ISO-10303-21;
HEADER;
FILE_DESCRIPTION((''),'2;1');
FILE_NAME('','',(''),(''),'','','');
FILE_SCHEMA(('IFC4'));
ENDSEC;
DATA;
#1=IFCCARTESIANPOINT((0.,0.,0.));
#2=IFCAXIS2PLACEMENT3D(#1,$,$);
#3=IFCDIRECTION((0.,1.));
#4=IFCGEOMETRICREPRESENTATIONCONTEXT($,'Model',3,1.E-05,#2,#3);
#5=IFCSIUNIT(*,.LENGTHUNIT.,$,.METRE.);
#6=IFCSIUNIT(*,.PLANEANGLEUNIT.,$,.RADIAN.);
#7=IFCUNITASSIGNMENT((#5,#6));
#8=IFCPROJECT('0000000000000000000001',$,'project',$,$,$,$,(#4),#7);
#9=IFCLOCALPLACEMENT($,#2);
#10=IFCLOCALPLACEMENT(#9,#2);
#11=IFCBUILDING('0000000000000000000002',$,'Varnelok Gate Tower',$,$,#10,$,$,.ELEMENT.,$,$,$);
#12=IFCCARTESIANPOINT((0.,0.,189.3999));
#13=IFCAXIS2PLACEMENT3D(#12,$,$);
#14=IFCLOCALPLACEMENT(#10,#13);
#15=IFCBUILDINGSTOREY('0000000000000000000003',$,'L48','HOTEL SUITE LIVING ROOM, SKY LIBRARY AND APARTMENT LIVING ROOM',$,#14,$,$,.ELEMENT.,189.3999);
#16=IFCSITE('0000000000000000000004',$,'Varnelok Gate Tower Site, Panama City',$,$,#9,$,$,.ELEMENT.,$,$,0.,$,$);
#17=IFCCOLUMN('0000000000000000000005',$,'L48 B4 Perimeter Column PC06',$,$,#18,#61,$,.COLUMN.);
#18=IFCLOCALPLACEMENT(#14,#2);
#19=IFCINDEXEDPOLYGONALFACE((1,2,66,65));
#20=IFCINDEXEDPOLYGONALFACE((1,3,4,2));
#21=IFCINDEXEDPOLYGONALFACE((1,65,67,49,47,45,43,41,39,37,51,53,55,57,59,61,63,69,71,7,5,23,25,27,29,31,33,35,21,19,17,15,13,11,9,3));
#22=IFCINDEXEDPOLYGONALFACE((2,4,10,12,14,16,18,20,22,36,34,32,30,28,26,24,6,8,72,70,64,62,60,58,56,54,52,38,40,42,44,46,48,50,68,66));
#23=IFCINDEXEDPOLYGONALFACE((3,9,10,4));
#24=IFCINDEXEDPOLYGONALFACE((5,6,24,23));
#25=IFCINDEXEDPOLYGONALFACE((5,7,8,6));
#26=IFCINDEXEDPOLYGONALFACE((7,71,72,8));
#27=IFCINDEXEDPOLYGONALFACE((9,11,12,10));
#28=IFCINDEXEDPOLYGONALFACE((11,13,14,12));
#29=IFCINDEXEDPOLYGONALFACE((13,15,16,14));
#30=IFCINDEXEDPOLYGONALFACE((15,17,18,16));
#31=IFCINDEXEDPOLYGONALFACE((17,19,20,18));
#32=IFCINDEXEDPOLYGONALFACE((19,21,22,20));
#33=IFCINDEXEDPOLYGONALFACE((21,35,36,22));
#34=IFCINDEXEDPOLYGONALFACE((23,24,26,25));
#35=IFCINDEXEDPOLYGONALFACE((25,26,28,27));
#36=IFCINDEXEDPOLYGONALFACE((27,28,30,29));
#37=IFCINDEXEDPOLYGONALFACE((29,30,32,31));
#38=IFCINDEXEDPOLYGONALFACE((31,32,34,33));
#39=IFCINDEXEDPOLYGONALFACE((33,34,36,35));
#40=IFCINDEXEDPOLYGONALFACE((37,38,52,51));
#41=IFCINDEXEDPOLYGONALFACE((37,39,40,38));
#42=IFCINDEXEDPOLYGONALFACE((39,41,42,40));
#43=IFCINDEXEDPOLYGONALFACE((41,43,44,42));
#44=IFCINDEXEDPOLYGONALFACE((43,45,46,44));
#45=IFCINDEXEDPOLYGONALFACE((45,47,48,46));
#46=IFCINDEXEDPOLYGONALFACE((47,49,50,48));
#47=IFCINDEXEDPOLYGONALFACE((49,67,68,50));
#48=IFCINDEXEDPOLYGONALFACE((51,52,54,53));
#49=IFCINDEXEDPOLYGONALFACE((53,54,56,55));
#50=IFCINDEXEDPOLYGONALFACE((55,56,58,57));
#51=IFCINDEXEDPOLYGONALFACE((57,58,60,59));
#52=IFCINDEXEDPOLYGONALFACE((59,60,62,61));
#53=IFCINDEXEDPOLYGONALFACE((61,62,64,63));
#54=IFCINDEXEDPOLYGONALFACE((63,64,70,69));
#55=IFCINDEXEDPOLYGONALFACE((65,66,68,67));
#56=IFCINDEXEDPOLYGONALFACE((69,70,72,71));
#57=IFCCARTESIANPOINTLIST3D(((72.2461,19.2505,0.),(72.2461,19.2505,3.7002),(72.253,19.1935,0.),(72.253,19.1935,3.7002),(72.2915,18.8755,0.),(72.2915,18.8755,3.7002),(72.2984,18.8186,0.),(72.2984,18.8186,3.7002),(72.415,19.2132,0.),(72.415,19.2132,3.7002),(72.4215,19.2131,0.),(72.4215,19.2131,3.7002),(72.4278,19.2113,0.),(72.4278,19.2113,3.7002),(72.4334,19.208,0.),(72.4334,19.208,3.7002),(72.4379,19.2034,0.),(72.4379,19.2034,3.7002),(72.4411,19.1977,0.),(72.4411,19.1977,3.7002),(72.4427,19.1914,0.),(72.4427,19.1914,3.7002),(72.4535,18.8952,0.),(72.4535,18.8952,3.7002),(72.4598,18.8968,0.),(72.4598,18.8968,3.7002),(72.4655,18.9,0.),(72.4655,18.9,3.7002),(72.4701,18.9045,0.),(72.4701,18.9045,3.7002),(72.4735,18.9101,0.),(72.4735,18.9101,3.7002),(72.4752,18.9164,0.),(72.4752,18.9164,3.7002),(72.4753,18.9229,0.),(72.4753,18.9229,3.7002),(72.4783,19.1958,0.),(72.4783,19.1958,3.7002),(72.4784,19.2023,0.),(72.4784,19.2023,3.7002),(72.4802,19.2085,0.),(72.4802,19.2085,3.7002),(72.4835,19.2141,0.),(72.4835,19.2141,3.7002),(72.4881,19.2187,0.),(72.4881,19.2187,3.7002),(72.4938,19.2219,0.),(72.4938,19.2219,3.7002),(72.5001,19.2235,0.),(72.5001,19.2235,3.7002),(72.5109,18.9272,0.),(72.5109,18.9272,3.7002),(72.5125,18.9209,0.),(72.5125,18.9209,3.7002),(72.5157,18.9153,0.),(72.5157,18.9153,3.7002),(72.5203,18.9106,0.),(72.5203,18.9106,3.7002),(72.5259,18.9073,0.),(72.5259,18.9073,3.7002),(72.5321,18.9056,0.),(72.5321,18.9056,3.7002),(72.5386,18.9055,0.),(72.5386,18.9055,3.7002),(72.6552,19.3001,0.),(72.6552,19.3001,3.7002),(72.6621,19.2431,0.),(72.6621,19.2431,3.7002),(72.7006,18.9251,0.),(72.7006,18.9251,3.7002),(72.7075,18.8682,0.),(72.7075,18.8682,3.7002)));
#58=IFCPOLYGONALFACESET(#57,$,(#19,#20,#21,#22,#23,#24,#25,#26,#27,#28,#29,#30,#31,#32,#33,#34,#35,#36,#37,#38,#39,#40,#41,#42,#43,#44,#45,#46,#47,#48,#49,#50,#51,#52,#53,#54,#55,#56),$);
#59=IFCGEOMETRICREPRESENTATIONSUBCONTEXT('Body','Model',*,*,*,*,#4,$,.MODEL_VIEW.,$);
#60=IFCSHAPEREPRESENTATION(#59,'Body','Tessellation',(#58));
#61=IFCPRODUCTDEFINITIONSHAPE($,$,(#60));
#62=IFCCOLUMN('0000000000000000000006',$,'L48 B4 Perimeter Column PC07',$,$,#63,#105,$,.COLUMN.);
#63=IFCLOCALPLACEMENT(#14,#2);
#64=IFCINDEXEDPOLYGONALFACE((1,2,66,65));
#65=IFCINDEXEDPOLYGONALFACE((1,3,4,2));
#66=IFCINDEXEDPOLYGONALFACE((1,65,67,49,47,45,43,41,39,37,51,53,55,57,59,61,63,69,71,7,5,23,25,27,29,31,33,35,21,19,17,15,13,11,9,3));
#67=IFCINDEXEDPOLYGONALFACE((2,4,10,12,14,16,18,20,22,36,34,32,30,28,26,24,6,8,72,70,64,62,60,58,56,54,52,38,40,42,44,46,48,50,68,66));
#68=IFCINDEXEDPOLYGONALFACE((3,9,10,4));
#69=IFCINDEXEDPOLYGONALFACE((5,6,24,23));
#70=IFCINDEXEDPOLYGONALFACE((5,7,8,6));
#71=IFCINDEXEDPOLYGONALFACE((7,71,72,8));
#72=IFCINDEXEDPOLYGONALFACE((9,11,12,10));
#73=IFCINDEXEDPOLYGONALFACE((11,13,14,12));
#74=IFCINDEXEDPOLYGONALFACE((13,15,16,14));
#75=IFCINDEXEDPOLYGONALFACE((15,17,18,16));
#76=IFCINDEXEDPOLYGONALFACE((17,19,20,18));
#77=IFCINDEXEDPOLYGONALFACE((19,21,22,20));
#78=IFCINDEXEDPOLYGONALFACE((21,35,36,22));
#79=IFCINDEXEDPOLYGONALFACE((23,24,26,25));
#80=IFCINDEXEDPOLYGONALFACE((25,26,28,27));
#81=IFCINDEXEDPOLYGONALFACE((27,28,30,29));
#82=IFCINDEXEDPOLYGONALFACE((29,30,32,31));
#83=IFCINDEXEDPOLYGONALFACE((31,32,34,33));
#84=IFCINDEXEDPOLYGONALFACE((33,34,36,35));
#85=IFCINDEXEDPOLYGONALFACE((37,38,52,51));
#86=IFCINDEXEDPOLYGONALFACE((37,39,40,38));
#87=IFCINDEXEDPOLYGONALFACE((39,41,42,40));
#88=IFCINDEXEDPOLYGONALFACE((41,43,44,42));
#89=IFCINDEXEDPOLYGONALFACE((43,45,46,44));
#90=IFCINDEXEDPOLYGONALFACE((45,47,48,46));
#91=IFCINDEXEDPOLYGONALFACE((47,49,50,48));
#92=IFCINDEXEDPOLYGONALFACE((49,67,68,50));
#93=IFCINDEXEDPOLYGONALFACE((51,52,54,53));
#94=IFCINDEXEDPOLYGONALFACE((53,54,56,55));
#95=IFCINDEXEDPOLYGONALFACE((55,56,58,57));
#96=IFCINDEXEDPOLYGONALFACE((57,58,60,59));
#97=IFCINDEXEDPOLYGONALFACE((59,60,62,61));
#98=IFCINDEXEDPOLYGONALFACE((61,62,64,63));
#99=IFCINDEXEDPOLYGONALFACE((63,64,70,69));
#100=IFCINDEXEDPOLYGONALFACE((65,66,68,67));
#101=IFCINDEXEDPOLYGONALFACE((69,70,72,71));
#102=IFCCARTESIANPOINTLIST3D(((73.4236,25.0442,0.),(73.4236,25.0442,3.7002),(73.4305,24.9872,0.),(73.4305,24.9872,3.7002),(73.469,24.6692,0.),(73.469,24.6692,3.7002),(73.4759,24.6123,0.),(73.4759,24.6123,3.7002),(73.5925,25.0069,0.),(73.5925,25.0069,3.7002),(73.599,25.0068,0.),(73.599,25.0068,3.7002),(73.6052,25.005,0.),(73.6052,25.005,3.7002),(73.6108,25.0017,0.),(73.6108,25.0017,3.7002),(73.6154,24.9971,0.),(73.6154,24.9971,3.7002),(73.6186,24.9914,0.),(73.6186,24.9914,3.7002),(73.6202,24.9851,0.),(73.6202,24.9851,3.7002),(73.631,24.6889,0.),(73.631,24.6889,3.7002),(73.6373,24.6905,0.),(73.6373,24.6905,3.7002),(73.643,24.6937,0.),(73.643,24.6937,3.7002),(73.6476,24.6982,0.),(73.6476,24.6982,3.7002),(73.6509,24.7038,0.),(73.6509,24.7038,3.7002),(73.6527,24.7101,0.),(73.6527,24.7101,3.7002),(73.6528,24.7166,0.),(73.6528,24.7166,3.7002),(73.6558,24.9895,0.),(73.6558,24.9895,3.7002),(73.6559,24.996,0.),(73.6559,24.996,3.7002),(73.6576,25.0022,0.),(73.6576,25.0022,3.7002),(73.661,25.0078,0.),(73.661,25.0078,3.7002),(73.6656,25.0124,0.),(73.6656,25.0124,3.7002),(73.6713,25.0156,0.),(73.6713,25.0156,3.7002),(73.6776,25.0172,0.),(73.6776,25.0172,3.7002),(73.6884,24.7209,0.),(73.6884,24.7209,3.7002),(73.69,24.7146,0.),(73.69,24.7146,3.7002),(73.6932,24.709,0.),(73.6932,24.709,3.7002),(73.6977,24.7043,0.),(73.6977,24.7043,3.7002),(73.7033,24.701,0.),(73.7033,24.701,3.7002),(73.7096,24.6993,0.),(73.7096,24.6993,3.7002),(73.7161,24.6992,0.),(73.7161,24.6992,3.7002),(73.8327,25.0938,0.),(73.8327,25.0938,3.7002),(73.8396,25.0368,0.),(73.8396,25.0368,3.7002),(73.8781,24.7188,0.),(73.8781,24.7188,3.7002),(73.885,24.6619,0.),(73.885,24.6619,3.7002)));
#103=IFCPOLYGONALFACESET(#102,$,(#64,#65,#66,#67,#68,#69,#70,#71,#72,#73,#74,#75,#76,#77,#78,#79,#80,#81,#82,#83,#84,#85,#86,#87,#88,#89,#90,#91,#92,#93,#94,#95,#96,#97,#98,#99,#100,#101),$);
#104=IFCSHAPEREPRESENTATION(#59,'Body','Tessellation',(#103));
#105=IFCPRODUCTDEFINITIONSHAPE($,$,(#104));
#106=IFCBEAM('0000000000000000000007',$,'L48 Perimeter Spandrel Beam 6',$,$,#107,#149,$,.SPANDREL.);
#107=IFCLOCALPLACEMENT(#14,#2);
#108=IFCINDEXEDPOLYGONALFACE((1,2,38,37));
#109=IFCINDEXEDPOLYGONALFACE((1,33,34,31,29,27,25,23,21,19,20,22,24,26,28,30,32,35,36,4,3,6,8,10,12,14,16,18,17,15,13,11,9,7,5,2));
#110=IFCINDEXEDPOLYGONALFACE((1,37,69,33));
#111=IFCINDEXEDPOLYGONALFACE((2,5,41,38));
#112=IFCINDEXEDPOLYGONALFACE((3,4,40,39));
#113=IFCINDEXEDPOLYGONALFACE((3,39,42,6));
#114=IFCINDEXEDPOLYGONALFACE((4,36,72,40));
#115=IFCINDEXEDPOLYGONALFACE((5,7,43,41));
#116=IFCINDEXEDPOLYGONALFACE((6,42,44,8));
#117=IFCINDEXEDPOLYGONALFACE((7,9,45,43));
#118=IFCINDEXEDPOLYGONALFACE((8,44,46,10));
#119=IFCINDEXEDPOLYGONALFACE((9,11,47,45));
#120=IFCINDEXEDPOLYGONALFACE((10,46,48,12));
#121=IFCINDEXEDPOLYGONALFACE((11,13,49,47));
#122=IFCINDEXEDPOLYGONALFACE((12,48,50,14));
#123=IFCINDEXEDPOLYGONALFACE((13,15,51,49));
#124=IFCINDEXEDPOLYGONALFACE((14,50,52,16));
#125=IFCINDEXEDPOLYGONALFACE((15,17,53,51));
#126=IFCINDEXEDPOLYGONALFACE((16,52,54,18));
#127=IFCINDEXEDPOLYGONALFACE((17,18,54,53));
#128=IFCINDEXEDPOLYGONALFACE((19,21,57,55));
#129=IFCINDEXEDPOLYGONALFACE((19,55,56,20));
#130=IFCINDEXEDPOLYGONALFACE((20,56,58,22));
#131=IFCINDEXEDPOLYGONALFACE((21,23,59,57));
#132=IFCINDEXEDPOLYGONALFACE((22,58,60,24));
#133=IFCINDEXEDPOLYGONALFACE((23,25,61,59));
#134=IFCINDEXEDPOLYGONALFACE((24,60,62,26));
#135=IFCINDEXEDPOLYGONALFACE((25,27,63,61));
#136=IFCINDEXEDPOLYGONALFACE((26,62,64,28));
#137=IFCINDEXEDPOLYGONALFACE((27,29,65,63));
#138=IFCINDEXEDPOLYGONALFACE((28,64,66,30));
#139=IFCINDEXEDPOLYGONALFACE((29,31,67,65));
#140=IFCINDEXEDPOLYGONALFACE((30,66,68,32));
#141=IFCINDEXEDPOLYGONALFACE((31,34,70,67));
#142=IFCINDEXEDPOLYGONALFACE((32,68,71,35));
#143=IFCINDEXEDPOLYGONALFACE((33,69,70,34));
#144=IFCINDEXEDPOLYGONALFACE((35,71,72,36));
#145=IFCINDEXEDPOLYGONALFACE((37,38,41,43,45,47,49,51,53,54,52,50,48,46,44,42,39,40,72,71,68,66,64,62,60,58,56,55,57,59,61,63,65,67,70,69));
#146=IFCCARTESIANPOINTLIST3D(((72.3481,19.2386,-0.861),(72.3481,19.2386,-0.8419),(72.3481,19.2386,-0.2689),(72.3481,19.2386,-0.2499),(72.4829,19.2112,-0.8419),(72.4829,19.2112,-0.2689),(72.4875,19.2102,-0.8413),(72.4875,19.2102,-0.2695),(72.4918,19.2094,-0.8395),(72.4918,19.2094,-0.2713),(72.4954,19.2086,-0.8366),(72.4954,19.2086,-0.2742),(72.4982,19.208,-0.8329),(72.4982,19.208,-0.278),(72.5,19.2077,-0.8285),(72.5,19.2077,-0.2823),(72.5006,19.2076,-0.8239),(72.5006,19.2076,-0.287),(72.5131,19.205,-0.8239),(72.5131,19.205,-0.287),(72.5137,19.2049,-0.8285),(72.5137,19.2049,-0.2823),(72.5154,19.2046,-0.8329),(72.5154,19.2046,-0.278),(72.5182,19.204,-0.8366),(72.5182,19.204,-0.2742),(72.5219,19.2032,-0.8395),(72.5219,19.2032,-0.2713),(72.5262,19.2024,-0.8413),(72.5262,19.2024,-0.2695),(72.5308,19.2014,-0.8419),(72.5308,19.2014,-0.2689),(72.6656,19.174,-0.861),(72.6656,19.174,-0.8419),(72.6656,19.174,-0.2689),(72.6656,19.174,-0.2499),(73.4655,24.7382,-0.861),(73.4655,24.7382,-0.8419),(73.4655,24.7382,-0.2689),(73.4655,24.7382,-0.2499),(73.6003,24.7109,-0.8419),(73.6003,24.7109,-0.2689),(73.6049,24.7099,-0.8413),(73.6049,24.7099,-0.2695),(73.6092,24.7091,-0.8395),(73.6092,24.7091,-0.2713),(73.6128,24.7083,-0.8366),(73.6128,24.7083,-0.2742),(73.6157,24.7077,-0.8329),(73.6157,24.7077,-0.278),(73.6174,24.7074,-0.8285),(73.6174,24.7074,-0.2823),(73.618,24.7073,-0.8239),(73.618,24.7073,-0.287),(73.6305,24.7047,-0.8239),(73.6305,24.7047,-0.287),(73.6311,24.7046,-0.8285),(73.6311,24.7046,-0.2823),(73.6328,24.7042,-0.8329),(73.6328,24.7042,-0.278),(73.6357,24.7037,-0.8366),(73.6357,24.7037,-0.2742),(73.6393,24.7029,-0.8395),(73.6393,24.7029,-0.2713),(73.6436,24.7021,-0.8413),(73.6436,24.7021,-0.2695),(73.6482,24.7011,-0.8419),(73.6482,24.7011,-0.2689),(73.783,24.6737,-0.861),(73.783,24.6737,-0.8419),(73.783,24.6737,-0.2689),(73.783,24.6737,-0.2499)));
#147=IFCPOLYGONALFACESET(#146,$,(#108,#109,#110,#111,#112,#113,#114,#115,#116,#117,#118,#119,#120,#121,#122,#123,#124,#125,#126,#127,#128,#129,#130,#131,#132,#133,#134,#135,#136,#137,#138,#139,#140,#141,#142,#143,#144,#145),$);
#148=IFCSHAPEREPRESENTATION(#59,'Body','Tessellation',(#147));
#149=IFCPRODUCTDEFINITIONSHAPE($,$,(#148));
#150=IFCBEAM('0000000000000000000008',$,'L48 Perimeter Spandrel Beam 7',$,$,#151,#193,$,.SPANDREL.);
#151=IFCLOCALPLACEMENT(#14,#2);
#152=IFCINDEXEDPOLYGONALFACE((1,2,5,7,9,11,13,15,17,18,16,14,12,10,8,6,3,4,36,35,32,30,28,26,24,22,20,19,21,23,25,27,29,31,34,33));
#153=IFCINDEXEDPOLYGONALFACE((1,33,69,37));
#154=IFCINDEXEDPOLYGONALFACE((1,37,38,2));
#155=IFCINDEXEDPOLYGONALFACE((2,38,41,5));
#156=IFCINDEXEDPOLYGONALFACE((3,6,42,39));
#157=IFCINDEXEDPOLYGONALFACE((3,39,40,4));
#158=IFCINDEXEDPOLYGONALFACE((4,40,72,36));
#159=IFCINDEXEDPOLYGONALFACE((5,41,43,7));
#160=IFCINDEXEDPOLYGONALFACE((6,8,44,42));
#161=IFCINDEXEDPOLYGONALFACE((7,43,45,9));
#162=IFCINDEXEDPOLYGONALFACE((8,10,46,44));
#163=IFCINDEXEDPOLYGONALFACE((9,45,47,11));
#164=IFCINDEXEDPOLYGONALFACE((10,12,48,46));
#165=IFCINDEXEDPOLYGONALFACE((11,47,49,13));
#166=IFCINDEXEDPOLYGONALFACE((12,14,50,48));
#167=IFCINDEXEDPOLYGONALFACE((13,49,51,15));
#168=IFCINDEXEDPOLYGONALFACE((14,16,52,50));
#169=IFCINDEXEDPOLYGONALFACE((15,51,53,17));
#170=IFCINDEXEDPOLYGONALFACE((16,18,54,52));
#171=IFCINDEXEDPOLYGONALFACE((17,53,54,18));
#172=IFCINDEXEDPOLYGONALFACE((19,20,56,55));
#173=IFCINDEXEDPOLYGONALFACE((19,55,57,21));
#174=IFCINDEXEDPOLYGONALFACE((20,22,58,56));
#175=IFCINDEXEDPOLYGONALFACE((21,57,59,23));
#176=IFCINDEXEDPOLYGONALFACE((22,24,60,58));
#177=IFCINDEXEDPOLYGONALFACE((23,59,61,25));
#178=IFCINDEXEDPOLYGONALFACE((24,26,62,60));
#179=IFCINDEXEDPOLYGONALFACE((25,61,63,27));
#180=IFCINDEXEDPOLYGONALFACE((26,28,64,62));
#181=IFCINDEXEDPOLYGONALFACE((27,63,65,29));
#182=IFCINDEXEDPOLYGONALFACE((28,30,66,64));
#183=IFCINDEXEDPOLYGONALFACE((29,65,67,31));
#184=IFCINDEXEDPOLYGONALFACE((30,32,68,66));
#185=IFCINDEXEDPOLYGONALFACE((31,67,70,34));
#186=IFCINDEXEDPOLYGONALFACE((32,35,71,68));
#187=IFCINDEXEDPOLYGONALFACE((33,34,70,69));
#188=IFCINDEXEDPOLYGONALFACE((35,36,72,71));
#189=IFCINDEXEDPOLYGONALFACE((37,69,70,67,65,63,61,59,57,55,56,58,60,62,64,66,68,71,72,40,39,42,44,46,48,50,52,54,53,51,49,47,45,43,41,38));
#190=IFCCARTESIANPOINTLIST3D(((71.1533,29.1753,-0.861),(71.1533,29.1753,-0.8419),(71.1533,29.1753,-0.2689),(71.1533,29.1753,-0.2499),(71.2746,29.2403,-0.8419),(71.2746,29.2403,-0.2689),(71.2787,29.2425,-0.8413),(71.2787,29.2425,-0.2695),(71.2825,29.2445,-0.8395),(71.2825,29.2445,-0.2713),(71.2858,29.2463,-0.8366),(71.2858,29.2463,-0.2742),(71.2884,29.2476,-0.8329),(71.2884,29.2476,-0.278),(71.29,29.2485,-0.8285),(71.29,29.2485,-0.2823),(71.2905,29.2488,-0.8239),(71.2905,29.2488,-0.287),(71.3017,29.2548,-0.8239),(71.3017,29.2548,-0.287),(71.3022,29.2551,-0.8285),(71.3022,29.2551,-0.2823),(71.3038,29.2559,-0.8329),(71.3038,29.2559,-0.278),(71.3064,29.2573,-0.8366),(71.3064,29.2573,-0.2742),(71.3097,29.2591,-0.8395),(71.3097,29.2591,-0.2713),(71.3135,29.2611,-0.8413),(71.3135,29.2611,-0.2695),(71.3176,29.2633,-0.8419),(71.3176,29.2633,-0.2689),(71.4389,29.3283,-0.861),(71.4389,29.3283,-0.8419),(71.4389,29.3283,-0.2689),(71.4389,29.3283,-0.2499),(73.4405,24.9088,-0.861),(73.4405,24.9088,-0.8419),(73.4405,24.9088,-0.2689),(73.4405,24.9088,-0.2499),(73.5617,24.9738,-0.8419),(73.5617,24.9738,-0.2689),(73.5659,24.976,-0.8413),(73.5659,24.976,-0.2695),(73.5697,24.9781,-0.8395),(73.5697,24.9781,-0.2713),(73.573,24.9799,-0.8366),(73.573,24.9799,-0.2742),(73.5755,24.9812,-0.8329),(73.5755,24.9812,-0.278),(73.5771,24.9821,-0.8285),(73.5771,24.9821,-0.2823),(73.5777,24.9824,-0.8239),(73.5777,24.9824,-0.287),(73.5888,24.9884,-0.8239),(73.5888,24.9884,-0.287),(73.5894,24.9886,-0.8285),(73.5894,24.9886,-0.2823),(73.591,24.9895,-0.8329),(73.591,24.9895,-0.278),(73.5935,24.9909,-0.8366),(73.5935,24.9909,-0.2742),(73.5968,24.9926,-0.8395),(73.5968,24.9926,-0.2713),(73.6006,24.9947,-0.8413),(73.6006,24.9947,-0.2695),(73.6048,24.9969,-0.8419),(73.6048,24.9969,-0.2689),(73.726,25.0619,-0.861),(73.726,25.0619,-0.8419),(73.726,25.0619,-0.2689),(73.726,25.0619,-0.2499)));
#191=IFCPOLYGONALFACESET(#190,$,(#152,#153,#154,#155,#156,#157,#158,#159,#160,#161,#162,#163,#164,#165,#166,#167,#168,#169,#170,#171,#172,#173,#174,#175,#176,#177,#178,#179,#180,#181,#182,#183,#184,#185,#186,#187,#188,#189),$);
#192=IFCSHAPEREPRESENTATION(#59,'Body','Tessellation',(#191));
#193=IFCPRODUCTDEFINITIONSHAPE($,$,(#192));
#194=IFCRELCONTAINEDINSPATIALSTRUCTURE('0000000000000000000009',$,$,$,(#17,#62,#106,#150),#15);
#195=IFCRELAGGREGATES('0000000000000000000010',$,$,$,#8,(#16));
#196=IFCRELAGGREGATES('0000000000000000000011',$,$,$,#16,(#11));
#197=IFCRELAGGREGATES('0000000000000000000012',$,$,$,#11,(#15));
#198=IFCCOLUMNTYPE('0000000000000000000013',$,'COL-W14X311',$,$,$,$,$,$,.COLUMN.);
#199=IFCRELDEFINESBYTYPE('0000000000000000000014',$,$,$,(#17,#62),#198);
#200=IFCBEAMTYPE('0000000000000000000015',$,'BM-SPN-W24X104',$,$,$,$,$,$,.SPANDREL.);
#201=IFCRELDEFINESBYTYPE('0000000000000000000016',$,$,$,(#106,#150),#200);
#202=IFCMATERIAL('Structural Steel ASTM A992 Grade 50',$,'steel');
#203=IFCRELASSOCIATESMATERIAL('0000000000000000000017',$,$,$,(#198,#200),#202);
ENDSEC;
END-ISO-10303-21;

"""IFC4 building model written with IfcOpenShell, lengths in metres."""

from ifc_helpers import new_model, si_unit, direction, frame, origin, origin_2d, place, context, subcontext, project, spatial, i_section, extrude, material, material_profile, profile_set, type_object, element, save


model = new_model("IFC4")

# Units and contexts
model_context = context("Model", 3, precision=1e-05, world=origin(), true_north=direction((0.0, 1.0)))
body_context = subcontext(model_context, "Body", "Model", "MODEL_VIEW")
ifc_project = project(units=[si_unit("LENGTHUNIT", "METRE"), si_unit("PLANEANGLEUNIT", "RADIAN")], contexts=[model_context])

# Site, building, storey
site_placement = place(None, origin())
site = spatial("IfcSite", under=ifc_project, at=site_placement, Name="Varnelok Gate Tower Site, Panama City", CompositionType="ELEMENT", RefElevation=0.0)
building_placement = place(site_placement, origin())
building = spatial("IfcBuilding", under=site, at=building_placement, Name="Varnelok Gate Tower", CompositionType="ELEMENT")
storey_placement = place(building_placement, frame((0.0, 0.0, 189.3999)))
storey = spatial("IfcBuildingStorey", under=building, at=storey_placement, Name="L48", Description="HOTEL SUITE LIVING ROOM, SKY LIBRARY AND APARTMENT LIVING ROOM", CompositionType="ELEMENT", Elevation=189.3999)

# Columns
ifc_material_1 = material(Name="Structural Steel ASTM A992 Grade 50", Category="steel")
ifc_material_profile_1 = material_profile(ifc_material_1, i_section(OverallWidth=0.4121, OverallDepth=0.4351, WebThickness=0.0359, FlangeThickness=0.0574, FilletRadius=0.0249, at=origin_2d()), Name="W14X311")
ifc_profile_set_1 = profile_set([ifc_material_profile_1], Name="Structural Steel ASTM A992 Grade 50")
column_type = type_object("IfcColumnType", Name="COL-W14X311", PredefinedType="COLUMN", material=ifc_profile_set_1)
for number, where, z_axis, x_axis, name in (
    (1, (72.4768, 19.0593, 0.0), (0.0, 0.0, 1.0), (0.992732, 0.120345, 0.0), "L48 B4 Perimeter Column PC06"),
    (2, (73.6543, 24.853, 0.0), (0.0, 0.0, 1.0), (0.992732, 0.120345, 0.0), "L48 B4 Perimeter Column PC07"),
):
    element("IfcColumn", number, at=place(storey_placement, frame(where, z_axis=z_axis, x_axis=x_axis)), inside=storey, type_object=column_type, Name=name, PredefinedType="COLUMN", context=body_context, shape_type="SweptSolid", body=[
        extrude(i_section(OverallWidth=0.4121, OverallDepth=0.4351, WebThickness=0.0359, FlangeThickness=0.0574, FilletRadius=0.0249, at=origin_2d()), origin(), (0.0, 0.0, 1.0), 3.7002),
    ])

# Beams
ifc_material_profile_2 = material_profile(ifc_material_1, i_section(OverallWidth=0.324, OverallDepth=0.6111, WebThickness=0.0127, FlangeThickness=0.019, FilletRadius=0.0181, at=origin_2d()), Name="W24X104")
ifc_profile_set_2 = profile_set([ifc_material_profile_2], Name="Structural Steel ASTM A992 Grade 50")
beam_type = type_object("IfcBeamType", Name="BM-SPN-W24X104", PredefinedType="SPANDREL", material=ifc_profile_set_2)
beam_1_placement = place(storey_placement, frame((72.5068, 19.2063, -0.5554), z_axis=(0.19911, 0.979977, 0.0), x_axis=(-0.979977, 0.19911, 0.0)))
element("IfcBeam", 3, at=beam_1_placement, inside=storey, type_object=beam_type, Name="L48 Perimeter Spandrel Beam 6", PredefinedType="SPANDREL", context=body_context, shape_type="SweptSolid", body=[
    extrude(i_section(OverallWidth=0.324, OverallDepth=0.6111, WebThickness=0.0127, FlangeThickness=0.019, FilletRadius=0.0181, at=origin_2d()), origin(), (0.0, 0.0, 1.0), 5.6121),
])
beam_2_placement = place(storey_placement, frame((73.5833, 24.9854, -0.5554), z_axis=(-0.472472, 0.881346, 0.0), x_axis=(-0.881346, -0.472472, 0.0)))
element("IfcBeam", 4, at=beam_2_placement, inside=storey, type_object=beam_type, Name="L48 Perimeter Spandrel Beam 7", PredefinedType="SPANDREL", context=body_context, shape_type="SweptSolid", body=[
    extrude(i_section(OverallWidth=0.324, OverallDepth=0.6111, WebThickness=0.0127, FlangeThickness=0.019, FilletRadius=0.0181, at=origin_2d()), origin(), (0.0, 0.0, 1.0), 4.8408),
])

save(model, "model.ifc")
